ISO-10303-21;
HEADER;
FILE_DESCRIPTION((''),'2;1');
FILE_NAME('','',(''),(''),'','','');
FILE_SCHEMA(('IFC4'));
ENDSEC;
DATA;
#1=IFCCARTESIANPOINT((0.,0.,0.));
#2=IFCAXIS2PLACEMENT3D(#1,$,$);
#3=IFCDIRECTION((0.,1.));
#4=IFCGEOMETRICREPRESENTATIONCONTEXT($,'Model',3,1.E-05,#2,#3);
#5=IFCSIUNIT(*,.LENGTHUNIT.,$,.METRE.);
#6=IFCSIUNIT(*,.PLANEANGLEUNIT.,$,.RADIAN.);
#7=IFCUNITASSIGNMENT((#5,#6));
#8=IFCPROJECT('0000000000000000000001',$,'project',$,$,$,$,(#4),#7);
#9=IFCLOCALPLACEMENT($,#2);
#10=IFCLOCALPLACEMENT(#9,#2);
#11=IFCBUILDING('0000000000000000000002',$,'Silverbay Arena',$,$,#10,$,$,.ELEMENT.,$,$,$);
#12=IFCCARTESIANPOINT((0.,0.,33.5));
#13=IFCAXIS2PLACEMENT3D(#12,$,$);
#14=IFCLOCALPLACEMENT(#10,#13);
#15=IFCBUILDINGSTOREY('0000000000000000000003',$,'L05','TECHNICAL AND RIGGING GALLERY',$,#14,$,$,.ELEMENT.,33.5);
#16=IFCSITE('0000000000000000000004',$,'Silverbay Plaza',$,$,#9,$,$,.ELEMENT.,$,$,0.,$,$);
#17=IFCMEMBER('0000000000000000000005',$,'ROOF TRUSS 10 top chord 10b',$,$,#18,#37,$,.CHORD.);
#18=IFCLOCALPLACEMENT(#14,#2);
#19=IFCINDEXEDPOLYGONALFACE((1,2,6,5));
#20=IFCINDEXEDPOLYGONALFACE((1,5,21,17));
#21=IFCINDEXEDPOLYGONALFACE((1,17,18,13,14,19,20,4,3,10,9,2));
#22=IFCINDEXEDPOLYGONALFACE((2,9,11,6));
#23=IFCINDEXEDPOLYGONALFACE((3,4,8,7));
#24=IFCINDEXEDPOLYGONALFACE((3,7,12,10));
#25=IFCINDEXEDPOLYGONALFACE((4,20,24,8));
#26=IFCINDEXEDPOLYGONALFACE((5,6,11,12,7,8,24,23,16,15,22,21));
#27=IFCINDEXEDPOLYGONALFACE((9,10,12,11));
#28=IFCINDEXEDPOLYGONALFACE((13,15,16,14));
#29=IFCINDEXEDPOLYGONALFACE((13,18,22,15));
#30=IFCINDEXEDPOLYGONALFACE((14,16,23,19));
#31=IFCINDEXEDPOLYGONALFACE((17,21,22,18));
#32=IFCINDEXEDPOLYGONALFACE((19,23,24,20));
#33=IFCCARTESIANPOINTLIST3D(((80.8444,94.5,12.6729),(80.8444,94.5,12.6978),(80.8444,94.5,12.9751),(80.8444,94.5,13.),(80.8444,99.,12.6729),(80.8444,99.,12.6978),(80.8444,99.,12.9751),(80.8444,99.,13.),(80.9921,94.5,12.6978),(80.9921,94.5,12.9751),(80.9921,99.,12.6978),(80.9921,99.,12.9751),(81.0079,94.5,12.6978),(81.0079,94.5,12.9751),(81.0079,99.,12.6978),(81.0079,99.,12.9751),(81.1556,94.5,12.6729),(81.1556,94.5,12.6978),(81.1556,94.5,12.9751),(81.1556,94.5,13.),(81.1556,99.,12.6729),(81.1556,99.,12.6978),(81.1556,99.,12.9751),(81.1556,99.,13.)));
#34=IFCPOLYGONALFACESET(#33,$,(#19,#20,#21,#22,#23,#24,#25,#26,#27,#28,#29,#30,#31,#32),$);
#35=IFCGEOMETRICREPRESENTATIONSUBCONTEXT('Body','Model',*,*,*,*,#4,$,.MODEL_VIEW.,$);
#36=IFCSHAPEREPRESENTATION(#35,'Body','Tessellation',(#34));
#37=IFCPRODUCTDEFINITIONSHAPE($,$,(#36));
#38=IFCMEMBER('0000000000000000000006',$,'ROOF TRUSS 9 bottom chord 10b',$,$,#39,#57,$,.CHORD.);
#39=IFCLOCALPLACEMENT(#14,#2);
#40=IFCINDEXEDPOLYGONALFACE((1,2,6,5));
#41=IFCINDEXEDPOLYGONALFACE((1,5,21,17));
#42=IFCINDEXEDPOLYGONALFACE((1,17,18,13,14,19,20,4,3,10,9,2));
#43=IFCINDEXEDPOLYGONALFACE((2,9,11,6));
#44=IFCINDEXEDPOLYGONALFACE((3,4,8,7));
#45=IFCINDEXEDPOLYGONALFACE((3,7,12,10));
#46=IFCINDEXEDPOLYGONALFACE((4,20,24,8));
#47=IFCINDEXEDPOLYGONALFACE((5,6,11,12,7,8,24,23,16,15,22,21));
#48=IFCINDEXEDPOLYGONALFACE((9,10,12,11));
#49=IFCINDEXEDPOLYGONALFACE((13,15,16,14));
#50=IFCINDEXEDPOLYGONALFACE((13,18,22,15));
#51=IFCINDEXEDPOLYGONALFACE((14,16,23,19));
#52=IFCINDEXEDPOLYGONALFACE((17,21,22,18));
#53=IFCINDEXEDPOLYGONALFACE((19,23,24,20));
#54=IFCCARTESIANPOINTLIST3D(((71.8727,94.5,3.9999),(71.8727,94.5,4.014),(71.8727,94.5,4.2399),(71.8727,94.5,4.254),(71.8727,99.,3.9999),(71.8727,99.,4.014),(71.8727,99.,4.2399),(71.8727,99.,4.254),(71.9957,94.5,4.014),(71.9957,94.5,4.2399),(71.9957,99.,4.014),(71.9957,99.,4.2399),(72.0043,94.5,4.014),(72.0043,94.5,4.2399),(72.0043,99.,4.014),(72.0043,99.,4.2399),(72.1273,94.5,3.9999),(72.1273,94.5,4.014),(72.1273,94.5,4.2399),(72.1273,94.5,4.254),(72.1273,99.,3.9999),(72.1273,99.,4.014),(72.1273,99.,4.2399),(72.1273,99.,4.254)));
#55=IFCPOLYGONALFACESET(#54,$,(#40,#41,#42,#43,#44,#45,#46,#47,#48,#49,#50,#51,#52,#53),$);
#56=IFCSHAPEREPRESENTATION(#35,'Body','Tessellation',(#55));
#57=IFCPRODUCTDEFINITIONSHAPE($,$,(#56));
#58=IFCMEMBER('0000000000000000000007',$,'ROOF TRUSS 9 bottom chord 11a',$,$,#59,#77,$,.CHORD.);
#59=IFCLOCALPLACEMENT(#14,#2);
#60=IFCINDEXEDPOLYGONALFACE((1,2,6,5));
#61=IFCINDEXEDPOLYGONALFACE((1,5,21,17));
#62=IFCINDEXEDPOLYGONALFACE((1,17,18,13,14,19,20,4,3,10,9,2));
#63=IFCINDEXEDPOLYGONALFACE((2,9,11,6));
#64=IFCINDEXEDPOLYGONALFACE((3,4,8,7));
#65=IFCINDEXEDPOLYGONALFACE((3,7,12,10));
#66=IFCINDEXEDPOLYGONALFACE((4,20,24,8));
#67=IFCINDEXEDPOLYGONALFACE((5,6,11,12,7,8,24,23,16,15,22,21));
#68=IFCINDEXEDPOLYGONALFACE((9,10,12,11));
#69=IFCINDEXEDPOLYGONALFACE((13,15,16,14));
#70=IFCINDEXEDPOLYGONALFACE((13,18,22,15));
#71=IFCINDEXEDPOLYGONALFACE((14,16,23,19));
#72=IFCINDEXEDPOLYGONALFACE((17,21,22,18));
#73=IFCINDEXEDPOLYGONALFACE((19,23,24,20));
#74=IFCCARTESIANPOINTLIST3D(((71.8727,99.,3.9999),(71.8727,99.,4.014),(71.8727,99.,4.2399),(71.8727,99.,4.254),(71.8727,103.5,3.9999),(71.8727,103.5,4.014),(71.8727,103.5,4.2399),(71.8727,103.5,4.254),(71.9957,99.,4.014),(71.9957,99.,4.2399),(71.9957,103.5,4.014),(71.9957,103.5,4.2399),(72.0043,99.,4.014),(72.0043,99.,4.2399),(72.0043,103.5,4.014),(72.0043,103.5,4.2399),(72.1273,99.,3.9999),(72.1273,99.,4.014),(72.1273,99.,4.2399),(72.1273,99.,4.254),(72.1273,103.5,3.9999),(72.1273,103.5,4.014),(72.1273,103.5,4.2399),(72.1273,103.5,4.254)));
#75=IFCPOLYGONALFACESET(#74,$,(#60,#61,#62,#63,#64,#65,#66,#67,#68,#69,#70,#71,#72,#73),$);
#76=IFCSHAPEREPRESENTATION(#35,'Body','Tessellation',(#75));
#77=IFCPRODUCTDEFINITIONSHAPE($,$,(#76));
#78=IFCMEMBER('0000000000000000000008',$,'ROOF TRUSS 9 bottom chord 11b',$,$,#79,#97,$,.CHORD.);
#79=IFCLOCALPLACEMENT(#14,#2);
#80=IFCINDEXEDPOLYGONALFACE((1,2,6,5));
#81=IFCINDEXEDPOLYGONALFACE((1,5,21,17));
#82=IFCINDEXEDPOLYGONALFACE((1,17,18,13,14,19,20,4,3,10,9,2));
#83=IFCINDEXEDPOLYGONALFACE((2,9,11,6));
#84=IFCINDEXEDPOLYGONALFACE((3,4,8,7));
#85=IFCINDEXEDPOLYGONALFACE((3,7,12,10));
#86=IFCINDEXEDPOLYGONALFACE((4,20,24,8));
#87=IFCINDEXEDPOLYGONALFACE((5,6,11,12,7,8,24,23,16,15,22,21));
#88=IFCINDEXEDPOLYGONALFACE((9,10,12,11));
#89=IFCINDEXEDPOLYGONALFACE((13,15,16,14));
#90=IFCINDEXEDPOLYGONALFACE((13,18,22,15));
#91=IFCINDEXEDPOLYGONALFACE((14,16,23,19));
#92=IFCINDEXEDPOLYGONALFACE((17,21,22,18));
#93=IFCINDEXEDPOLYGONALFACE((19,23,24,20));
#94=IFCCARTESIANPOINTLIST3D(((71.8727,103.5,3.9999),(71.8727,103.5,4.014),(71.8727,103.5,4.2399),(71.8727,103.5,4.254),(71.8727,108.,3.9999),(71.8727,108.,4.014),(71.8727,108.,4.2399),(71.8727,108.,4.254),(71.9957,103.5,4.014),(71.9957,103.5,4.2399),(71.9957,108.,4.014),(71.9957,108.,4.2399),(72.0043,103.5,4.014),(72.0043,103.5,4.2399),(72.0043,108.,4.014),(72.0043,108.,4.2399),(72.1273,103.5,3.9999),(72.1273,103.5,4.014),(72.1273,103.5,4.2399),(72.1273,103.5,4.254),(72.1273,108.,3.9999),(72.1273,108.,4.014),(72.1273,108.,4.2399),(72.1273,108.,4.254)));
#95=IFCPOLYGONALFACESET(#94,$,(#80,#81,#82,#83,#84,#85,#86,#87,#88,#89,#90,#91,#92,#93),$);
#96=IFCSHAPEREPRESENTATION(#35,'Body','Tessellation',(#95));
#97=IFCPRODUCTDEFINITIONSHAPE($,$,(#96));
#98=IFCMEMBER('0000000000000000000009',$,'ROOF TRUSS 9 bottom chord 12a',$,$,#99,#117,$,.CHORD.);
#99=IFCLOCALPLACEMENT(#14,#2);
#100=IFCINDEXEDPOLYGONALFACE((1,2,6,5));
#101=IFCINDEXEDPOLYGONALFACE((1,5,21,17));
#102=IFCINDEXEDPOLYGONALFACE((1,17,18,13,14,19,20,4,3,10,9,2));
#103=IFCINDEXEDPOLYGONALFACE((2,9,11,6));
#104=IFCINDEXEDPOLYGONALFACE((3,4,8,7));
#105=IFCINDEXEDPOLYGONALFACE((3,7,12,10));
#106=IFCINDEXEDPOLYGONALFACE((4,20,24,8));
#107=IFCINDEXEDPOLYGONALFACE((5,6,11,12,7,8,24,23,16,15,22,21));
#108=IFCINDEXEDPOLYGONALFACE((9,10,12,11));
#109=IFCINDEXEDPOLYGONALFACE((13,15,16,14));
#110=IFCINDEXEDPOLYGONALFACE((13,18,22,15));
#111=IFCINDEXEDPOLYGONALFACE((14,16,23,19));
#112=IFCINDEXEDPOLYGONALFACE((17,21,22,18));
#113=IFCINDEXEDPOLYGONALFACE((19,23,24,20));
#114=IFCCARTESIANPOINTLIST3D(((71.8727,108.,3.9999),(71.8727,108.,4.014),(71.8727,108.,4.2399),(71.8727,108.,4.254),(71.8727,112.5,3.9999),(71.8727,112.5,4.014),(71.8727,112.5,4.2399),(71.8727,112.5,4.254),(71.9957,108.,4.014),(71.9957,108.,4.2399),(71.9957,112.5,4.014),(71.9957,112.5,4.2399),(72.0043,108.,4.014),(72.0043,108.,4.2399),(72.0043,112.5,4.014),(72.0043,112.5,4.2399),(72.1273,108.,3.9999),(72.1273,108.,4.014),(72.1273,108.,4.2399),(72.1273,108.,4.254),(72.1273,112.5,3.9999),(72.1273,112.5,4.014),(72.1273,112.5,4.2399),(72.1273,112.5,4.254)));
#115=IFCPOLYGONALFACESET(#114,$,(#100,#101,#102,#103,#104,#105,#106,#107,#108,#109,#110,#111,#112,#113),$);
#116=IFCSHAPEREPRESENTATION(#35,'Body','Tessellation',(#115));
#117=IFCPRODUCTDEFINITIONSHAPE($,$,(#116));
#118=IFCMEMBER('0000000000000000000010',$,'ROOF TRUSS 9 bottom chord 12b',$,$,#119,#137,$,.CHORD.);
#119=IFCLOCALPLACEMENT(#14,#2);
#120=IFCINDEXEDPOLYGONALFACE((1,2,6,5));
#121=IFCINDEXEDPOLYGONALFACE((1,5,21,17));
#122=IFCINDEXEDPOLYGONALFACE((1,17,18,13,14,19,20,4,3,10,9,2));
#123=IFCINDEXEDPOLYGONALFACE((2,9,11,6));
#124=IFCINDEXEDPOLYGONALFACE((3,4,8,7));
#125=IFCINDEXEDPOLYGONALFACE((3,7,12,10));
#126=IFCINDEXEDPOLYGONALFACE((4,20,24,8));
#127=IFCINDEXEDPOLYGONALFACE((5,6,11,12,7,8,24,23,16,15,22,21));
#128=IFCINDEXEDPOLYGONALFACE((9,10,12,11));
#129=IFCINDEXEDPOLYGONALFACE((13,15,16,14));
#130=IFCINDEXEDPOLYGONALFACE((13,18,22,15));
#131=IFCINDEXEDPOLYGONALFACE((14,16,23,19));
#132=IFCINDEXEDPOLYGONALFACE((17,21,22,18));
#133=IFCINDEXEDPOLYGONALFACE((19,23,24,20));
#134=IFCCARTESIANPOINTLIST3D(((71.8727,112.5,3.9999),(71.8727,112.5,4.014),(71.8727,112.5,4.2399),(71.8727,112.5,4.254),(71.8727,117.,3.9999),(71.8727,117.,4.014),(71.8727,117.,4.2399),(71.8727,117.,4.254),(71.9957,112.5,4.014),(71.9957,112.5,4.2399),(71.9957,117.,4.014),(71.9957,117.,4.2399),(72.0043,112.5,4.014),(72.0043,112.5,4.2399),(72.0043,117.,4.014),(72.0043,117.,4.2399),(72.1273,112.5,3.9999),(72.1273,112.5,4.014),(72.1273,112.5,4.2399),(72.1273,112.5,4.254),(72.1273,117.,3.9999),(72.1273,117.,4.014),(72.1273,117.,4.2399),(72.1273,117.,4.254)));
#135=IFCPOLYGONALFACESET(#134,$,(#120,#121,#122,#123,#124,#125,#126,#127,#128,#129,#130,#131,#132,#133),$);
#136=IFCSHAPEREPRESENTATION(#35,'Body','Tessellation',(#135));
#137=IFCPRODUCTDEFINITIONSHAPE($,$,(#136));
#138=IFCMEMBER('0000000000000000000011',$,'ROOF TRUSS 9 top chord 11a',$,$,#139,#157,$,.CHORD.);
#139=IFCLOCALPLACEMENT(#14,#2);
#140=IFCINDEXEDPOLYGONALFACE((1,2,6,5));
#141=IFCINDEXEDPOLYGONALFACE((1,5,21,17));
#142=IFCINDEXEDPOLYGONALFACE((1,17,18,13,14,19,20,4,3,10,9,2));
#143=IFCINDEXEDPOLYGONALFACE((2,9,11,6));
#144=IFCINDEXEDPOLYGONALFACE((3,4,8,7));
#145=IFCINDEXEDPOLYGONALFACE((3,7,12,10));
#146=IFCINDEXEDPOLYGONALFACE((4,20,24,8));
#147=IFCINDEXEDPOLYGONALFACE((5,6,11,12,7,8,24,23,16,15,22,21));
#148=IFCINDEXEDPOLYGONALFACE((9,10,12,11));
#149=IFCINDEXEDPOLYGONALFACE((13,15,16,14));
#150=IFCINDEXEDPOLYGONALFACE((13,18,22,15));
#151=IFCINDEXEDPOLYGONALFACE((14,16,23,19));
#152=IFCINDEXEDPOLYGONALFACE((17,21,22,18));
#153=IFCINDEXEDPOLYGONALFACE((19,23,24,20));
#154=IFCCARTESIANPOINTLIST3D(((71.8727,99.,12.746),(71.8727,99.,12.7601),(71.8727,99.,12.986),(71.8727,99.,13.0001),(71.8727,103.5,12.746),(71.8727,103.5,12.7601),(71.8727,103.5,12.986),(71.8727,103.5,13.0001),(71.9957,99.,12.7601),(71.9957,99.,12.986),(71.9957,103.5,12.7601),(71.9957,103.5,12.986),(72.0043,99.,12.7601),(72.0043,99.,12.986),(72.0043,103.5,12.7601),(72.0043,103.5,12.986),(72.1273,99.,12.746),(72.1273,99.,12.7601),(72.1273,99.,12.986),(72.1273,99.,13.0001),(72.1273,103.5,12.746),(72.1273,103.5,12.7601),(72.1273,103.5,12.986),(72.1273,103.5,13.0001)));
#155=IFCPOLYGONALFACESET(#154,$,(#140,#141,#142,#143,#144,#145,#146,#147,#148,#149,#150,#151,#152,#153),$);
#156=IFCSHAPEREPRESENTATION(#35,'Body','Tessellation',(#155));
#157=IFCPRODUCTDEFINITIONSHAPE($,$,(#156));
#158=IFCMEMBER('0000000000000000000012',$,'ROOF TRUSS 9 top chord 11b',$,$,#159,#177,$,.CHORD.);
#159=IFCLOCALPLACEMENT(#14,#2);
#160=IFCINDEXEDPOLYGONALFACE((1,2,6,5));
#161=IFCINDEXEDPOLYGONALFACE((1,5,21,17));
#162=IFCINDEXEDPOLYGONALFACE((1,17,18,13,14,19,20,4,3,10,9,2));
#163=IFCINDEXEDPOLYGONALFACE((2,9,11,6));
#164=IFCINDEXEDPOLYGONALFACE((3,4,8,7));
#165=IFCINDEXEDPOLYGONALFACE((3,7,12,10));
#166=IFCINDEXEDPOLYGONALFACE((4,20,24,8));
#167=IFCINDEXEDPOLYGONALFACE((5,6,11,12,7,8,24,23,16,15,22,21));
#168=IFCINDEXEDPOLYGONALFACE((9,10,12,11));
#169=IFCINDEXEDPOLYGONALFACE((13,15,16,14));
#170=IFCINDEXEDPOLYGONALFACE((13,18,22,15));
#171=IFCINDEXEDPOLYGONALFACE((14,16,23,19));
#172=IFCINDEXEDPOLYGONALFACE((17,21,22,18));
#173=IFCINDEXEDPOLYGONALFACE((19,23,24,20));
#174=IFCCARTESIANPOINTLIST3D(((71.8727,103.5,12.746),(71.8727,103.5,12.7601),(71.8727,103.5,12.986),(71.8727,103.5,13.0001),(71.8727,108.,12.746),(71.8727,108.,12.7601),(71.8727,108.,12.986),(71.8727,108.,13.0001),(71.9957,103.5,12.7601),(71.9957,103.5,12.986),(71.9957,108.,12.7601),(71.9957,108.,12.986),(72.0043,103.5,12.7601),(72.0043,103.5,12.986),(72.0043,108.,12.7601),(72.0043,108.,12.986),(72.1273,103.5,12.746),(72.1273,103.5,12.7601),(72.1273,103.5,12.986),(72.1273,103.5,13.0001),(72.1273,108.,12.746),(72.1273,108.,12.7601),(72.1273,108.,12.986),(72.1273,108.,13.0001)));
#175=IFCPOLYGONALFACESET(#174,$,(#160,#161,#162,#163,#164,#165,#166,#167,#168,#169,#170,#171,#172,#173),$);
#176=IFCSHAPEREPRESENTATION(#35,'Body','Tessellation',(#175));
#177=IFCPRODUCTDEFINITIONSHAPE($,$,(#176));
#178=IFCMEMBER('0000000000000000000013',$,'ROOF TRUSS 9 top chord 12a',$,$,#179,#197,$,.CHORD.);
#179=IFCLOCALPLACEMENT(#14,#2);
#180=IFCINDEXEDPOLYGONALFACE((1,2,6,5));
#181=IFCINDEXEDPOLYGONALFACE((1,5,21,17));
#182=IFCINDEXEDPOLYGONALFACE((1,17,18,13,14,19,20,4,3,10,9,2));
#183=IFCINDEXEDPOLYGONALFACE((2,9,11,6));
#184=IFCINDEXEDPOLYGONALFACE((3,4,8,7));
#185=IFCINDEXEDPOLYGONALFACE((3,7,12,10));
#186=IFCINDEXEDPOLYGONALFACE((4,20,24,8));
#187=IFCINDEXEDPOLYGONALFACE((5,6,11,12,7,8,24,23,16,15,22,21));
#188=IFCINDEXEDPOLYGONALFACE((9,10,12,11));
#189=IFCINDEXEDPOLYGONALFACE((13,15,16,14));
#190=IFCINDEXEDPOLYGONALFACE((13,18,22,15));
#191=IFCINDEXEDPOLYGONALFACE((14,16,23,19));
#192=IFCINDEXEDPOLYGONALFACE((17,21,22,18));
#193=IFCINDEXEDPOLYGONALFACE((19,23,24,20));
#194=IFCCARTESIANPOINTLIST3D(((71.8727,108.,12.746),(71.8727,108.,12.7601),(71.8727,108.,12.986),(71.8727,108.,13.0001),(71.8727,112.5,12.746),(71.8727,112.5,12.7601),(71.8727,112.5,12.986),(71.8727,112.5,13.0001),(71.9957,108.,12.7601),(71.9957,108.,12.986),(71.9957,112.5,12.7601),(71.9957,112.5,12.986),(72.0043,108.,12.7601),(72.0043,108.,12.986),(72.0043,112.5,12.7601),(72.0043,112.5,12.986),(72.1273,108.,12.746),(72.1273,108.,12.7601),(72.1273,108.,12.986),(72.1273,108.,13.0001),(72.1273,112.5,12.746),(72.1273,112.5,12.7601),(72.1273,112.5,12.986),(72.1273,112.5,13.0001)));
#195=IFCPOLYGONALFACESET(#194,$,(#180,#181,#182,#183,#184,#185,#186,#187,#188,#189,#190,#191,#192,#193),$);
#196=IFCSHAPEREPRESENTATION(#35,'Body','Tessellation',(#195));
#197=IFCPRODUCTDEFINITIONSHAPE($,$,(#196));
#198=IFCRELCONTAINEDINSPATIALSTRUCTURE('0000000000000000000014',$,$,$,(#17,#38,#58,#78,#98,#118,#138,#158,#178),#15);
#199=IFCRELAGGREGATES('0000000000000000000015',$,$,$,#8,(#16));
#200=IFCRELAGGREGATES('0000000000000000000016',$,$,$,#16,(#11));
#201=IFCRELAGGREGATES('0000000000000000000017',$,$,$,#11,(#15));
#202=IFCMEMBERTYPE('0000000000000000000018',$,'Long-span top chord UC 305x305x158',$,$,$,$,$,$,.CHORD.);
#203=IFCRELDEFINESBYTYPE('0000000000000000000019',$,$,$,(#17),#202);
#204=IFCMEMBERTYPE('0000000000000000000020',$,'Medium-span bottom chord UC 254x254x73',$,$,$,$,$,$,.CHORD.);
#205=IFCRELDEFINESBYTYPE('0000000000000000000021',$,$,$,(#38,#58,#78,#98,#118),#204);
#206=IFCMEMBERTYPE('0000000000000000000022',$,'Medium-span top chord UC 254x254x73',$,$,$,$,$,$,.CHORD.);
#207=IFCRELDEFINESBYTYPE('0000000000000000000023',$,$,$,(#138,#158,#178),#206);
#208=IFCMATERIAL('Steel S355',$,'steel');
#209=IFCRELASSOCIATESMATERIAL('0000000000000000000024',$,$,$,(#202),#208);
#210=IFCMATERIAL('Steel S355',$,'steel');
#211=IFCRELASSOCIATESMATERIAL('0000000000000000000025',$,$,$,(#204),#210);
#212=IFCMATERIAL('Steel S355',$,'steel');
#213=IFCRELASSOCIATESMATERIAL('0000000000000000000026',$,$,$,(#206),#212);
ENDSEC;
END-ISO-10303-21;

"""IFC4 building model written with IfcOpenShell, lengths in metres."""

from ifc_helpers import new_model, si_unit, direction, frame, origin, origin_2d, place, context, subcontext, project, spatial, i_section, extrude, material, material_profile, profile_set, type_object, element, save


model = new_model("IFC4")

# Units and contexts
model_context = context("Model", 3, precision=1e-05, world=origin(), true_north=direction((0.0, 1.0)))
body_context = subcontext(model_context, "Body", "Model", "MODEL_VIEW")
ifc_project = project(units=[si_unit("LENGTHUNIT", "METRE"), si_unit("PLANEANGLEUNIT", "RADIAN")], contexts=[model_context])

# Site, building, storey
site_placement = place(None, origin())
site = spatial("IfcSite", under=ifc_project, at=site_placement, Name="Silverbay Plaza", CompositionType="ELEMENT", RefElevation=0.0)
building_placement = place(site_placement, origin())
building = spatial("IfcBuilding", under=site, at=building_placement, Name="Silverbay Arena", CompositionType="ELEMENT")
storey_placement = place(building_placement, frame((0.0, 0.0, 33.5)))
storey = spatial("IfcBuildingStorey", under=building, at=storey_placement, Name="L05", Description="TECHNICAL AND RIGGING GALLERY", CompositionType="ELEMENT", Elevation=33.5)

# Members
ifc_material_1 = material(Name="Steel S355", Category="steel")
ifc_material_profile_1 = material_profile(ifc_material_1, i_section(OverallWidth=0.3113, OverallDepth=0.3271, WebThickness=0.0159, FlangeThickness=0.0249, at=origin_2d()), Name="UC 305x305x158")
ifc_profile_set_1 = profile_set([ifc_material_profile_1], Name="Steel S355")
member_type_1 = type_object("IfcMemberType", Name="Long-span top chord UC 305x305x158", PredefinedType="CHORD", material=ifc_profile_set_1)
member_1_placement = place(storey_placement, frame((81.0, 94.5, 12.8364), z_axis=(0.0, 1.0, 0.0), x_axis=(-1.0, 0.0, 0.0)))
element("IfcMember", 1, at=member_1_placement, inside=storey, type_object=member_type_1, Name="ROOF TRUSS 10 top chord 10b", PredefinedType="CHORD", context=body_context, shape_type="SweptSolid", body=[
    extrude(i_section(OverallWidth=0.3113, OverallDepth=0.3271, WebThickness=0.0159, FlangeThickness=0.0249, at=origin_2d()), origin(), (0.0, 0.0, 1.0), 4.5),
])
ifc_material_2 = material(Name="Steel S355", Category="steel")
ifc_material_profile_2 = material_profile(ifc_material_2, i_section(OverallWidth=0.2546, OverallDepth=0.2542, WebThickness=0.0085, FlangeThickness=0.0142, at=origin_2d()), Name="UC 254x254x73")
ifc_profile_set_2 = profile_set([ifc_material_profile_2], Name="Steel S355")
member_type_2 = type_object("IfcMemberType", Name="Medium-span bottom chord UC 254x254x73", PredefinedType="CHORD", material=ifc_profile_set_2)
for number, where, z_axis, x_axis, name in (
    (2, (72.0, 94.5, 4.127), (0.0, 1.0, 0.0), (-1.0, 0.0, 0.0), "ROOF TRUSS 9 bottom chord 10b"),
    (3, (72.0, 99.0, 4.127), (0.0, 1.0, 0.0), (-1.0, 0.0, 0.0), "ROOF TRUSS 9 bottom chord 11a"),
    (4, (72.0, 103.5, 4.127), (0.0, 1.0, 0.0), (-1.0, 0.0, 0.0), "ROOF TRUSS 9 bottom chord 11b"),
    (5, (72.0, 108.0, 4.127), (0.0, 1.0, 0.0), (-1.0, 0.0, 0.0), "ROOF TRUSS 9 bottom chord 12a"),
    (6, (72.0, 112.5, 4.127), (0.0, 1.0, 0.0), (-1.0, 0.0, 0.0), "ROOF TRUSS 9 bottom chord 12b"),
):
    element("IfcMember", number, at=place(storey_placement, frame(where, z_axis=z_axis, x_axis=x_axis)), inside=storey, type_object=member_type_2, Name=name, PredefinedType="CHORD", context=body_context, shape_type="SweptSolid", body=[
        extrude(i_section(OverallWidth=0.2546, OverallDepth=0.2542, WebThickness=0.0085, FlangeThickness=0.0142, at=origin_2d()), origin(), (0.0, 0.0, 1.0), 4.5),
    ])
ifc_material_3 = material(Name="Steel S355", Category="steel")
ifc_material_profile_3 = material_profile(ifc_material_3, i_section(OverallWidth=0.2546, OverallDepth=0.2542, WebThickness=0.0085, FlangeThickness=0.0142, at=origin_2d()), Name="UC 254x254x73")
ifc_profile_set_3 = profile_set([ifc_material_profile_3], Name="Steel S355")
member_type_3 = type_object("IfcMemberType", Name="Medium-span top chord UC 254x254x73", PredefinedType="CHORD", material=ifc_profile_set_3)
for number, where, z_axis, x_axis, name in (
    (7, (72.0, 99.0, 12.873), (0.0, 1.0, 0.0), (-1.0, 0.0, 0.0), "ROOF TRUSS 9 top chord 11a"),
    (8, (72.0, 103.5, 12.873), (0.0, 1.0, 0.0), (-1.0, 0.0, 0.0), "ROOF TRUSS 9 top chord 11b"),
    (9, (72.0, 108.0, 12.873), (0.0, 1.0, 0.0), (-1.0, 0.0, 0.0), "ROOF TRUSS 9 top chord 12a"),
):
    element("IfcMember", number, at=place(storey_placement, frame(where, z_axis=z_axis, x_axis=x_axis)), inside=storey, type_object=member_type_3, Name=name, PredefinedType="CHORD", context=body_context, shape_type="SweptSolid", body=[
        extrude(i_section(OverallWidth=0.2546, OverallDepth=0.2542, WebThickness=0.0085, FlangeThickness=0.0142, at=origin_2d()), origin(), (0.0, 0.0, 1.0), 4.5),
    ])

save(model, "model.ifc")
